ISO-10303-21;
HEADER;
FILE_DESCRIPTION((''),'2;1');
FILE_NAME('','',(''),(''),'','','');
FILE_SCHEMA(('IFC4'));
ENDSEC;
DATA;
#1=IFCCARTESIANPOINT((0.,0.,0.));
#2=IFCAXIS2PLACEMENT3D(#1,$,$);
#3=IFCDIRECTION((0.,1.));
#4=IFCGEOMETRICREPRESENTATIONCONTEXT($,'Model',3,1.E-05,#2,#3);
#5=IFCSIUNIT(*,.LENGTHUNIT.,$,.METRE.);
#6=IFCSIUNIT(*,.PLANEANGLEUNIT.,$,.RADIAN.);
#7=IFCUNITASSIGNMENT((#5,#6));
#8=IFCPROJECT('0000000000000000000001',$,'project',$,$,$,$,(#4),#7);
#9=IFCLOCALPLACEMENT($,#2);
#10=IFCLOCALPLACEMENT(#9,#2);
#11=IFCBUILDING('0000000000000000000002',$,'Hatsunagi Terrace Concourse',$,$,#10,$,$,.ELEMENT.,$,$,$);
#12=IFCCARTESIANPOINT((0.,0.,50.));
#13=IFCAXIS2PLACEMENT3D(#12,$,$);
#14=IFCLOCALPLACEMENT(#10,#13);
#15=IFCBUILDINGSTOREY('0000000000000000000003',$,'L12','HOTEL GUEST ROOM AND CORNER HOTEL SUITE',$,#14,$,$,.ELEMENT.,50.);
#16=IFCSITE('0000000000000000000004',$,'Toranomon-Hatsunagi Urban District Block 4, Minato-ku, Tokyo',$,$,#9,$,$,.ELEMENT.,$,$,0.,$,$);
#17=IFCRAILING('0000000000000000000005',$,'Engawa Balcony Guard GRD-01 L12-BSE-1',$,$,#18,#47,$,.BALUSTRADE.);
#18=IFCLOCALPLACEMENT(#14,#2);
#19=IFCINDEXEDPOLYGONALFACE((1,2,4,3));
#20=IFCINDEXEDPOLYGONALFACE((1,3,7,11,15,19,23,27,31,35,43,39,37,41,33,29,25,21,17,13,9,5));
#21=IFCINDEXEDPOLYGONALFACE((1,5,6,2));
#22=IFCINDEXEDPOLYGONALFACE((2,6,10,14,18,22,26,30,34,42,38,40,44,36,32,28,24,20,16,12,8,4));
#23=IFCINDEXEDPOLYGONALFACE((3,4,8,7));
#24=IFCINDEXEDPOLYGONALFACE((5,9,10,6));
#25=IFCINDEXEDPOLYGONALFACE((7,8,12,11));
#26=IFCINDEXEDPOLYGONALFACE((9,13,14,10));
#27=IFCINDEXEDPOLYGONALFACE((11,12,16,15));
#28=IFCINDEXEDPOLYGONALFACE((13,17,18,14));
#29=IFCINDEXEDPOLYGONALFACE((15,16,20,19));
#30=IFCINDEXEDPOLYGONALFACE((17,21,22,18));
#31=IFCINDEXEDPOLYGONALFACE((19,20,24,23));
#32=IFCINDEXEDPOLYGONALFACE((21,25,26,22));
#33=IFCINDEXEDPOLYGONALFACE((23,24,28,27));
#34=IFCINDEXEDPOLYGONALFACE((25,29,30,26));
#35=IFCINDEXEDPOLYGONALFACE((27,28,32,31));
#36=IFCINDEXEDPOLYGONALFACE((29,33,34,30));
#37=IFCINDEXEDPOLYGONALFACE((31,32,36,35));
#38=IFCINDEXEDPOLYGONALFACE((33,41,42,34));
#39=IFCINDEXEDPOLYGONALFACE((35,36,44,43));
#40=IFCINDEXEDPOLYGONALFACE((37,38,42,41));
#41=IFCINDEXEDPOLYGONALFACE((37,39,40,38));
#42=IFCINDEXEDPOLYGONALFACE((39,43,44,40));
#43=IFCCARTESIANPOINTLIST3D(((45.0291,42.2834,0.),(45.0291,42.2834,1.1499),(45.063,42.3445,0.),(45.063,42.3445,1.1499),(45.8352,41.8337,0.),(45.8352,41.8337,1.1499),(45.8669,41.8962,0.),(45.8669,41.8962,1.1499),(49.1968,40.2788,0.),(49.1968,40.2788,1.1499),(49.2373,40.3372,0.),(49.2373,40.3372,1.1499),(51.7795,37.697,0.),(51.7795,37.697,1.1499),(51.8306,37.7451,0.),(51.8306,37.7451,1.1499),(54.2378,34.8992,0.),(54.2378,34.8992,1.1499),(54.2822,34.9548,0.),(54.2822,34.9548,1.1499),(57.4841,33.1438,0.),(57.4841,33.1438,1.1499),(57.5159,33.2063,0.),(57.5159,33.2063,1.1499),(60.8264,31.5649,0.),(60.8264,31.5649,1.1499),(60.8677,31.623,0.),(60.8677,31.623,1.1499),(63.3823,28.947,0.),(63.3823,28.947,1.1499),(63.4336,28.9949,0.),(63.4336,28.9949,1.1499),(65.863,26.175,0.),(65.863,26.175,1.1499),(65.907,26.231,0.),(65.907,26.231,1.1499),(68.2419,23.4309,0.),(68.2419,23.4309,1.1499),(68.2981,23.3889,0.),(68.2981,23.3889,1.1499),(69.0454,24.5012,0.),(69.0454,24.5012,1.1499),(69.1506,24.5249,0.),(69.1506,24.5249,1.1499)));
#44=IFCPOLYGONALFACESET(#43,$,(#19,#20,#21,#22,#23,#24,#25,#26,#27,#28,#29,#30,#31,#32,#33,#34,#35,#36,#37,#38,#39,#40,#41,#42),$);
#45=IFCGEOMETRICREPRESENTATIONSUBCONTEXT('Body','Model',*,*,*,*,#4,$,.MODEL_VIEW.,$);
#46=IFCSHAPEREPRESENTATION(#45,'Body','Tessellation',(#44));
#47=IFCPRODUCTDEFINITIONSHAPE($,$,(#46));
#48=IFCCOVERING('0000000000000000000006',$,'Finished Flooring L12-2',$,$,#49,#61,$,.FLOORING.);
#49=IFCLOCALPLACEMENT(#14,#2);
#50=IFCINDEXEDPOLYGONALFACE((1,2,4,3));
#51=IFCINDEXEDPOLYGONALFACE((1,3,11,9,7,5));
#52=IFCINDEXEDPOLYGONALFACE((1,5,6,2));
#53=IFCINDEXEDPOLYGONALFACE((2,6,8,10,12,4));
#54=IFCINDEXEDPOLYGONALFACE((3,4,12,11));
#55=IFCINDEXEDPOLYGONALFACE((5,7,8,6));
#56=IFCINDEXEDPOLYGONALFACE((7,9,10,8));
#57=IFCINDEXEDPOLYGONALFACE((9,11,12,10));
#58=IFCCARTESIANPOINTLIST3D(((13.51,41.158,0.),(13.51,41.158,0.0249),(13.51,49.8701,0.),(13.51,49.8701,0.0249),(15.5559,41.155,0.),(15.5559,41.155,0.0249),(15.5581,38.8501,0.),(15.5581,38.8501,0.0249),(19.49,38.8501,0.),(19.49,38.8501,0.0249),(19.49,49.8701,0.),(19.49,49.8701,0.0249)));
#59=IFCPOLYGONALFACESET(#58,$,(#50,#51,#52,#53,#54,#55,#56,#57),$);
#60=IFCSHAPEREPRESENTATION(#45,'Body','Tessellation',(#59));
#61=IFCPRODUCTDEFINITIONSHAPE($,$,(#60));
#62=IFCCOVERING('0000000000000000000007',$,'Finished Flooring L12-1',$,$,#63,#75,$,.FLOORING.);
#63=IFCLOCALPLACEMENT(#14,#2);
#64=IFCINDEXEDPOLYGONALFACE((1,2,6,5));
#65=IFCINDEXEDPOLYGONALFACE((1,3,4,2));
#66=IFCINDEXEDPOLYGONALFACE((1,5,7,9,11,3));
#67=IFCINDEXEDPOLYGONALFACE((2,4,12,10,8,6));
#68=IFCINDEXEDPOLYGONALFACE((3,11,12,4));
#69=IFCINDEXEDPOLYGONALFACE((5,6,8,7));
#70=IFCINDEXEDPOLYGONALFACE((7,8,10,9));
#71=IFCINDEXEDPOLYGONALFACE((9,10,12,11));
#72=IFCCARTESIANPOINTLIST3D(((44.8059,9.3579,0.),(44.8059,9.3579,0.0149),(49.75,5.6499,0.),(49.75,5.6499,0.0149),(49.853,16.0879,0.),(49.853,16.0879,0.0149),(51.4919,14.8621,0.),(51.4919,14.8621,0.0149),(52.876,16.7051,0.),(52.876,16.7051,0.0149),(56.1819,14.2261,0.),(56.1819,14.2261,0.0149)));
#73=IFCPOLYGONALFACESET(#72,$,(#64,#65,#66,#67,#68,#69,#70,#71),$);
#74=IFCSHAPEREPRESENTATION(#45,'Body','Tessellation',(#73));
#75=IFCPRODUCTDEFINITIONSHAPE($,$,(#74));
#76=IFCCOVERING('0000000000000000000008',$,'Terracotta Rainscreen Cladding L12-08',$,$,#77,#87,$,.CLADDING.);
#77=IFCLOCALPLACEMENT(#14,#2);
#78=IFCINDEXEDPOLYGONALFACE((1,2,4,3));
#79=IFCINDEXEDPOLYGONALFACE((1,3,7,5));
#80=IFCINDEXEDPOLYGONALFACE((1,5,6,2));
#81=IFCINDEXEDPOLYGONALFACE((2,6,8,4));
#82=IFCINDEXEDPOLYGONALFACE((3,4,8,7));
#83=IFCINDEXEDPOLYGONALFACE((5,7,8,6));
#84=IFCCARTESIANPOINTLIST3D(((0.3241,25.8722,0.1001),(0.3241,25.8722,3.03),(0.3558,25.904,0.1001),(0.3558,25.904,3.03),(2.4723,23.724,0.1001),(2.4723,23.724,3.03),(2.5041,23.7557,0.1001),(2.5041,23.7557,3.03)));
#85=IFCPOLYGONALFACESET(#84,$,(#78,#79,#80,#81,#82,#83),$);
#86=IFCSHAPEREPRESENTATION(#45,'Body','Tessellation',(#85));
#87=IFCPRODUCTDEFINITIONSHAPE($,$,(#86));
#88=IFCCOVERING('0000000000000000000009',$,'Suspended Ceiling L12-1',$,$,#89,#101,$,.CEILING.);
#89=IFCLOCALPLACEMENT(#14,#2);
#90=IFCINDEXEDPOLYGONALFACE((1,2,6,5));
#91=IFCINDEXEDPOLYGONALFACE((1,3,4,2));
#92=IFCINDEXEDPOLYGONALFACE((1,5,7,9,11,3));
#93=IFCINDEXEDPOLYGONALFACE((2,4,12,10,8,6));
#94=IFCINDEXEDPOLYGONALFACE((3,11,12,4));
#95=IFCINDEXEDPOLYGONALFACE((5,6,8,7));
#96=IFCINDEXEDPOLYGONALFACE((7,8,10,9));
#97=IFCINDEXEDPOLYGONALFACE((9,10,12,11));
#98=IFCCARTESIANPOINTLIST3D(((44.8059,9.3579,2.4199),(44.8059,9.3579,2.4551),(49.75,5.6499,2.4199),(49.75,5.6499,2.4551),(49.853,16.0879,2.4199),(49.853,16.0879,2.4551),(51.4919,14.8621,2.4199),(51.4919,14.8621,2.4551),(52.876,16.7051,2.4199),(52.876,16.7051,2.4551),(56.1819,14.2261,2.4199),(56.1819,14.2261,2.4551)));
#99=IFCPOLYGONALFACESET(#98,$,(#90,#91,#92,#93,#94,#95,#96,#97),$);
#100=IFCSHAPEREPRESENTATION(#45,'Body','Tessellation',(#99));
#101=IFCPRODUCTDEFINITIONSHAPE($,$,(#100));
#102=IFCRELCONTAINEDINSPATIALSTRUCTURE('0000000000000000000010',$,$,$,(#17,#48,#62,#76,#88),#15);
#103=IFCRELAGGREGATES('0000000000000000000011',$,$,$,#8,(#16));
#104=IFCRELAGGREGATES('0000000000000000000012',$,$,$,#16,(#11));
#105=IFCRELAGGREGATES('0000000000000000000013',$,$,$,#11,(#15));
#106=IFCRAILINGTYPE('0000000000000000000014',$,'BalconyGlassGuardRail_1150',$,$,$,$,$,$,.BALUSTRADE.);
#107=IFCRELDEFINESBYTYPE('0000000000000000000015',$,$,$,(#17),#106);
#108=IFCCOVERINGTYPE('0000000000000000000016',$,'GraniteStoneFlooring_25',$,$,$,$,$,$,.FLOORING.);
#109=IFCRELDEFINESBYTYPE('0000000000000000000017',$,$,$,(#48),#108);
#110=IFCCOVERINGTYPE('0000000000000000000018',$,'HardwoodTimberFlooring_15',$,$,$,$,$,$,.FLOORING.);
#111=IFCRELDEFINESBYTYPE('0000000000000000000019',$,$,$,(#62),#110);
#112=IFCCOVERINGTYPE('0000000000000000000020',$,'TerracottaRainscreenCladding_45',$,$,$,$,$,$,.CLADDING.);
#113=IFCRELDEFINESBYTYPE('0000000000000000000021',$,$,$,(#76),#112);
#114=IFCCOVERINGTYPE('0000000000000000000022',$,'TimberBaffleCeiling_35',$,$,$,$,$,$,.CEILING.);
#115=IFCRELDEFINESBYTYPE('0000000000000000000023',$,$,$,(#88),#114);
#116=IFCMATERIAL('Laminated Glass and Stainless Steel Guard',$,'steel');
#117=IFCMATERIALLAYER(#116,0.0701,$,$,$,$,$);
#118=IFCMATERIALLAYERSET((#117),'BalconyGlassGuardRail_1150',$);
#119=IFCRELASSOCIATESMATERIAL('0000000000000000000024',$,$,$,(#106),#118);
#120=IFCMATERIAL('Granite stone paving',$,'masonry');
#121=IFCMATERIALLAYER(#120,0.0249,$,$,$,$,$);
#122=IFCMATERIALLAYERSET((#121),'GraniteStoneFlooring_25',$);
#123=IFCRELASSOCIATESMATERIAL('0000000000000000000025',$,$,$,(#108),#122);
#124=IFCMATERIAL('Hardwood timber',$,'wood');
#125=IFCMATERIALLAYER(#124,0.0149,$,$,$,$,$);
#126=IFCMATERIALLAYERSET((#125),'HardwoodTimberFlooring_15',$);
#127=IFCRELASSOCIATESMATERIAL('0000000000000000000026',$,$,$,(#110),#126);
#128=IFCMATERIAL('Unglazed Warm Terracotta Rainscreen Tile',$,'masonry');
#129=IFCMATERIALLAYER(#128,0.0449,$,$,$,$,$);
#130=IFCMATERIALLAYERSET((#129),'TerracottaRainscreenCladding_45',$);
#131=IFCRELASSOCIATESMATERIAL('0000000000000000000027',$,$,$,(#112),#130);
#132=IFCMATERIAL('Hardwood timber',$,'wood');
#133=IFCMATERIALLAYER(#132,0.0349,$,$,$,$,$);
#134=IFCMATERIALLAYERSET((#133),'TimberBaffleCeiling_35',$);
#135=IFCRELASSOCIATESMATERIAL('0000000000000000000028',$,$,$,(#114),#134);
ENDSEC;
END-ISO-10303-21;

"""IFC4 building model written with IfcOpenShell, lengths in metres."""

from ifc_helpers import new_model, si_unit, direction, frame, origin, origin_2d, place, context, subcontext, project, spatial, polyline, rectangle, outline, extrude, material, layer, layer_set, type_object, element, save


model = new_model("IFC4")

# Units and contexts
model_context = context("Model", 3, precision=1e-05, world=origin(), true_north=direction((0.0, 1.0)))
body_context = subcontext(model_context, "Body", "Model", "MODEL_VIEW")
ifc_project = project(units=[si_unit("LENGTHUNIT", "METRE"), si_unit("PLANEANGLEUNIT", "RADIAN")], contexts=[model_context])

# Site, building, storey
site_placement = place(None, origin())
site = spatial("IfcSite", under=ifc_project, at=site_placement, Name="Toranomon-Hatsunagi Urban District Block 4, Minato-ku, Tokyo", CompositionType="ELEMENT", RefElevation=0.0)
building_placement = place(site_placement, origin())
building = spatial("IfcBuilding", under=site, at=building_placement, Name="Hatsunagi Terrace Concourse", CompositionType="ELEMENT")
storey_placement = place(building_placement, frame((0.0, 0.0, 50.0)))
storey = spatial("IfcBuildingStorey", under=building, at=storey_placement, Name="L12", Description="HOTEL GUEST ROOM AND CORNER HOTEL SUITE", CompositionType="ELEMENT", Elevation=50.0)

# Railing
ifc_material_1 = material(Name="Laminated Glass and Stainless Steel Guard", Category="steel")
ifc_layer_1 = layer(ifc_material_1, 0.0701)
ifc_layer_set_1 = layer_set([ifc_layer_1], Name="BalconyGlassGuardRail_1150")
railing_type = type_object("IfcRailingType", Name="BalconyGlassGuardRail_1150", PredefinedType="BALUSTRADE", material=ifc_layer_set_1)
railing_1_placement = place(storey_placement, origin())
element("IfcRailing", 1, at=railing_1_placement, inside=storey, type_object=railing_type, Name="Engawa Balcony Guard GRD-01 L12-BSE-1", PredefinedType="BALUSTRADE", context=body_context, shape_type="SweptSolid", body=[
    extrude(outline(polyline([(45.063, 42.3445), (45.0291, 42.2834), (45.8352, 41.8337), (49.1968, 40.2788), (51.7795, 37.697), (54.2378, 34.8992), (57.4841, 33.1438), (60.8264, 31.5649), (63.3823, 28.947), (65.863, 26.175), (69.0454, 24.5012), (68.2419, 23.4309), (68.2981, 23.3889), (69.1506, 24.5249), (65.907, 26.231), (63.4336, 28.9949), (60.8677, 31.623), (57.5159, 33.2063), (54.2822, 34.9548), (51.8306, 37.7451), (49.2373, 40.3372), (45.8669, 41.8962), (45.063, 42.3445)])), origin(), (0.0, 0.0, 1.0), 1.1499),
])

# Coverings
ifc_material_2 = material(Name="Granite stone paving", Category="masonry")
ifc_layer_2 = layer(ifc_material_2, 0.0249)
ifc_layer_set_2 = layer_set([ifc_layer_2], Name="GraniteStoneFlooring_25")
covering_type_1 = type_object("IfcCoveringType", Name="GraniteStoneFlooring_25", PredefinedType="FLOORING", material=ifc_layer_set_2)
covering_1_placement = place(storey_placement, origin())
element("IfcCovering", 2, at=covering_1_placement, inside=storey, type_object=covering_type_1, Name="Finished Flooring L12-2", PredefinedType="FLOORING", context=body_context, shape_type="SweptSolid", body=[
    extrude(outline(polyline([(13.51, 49.8701), (13.51, 41.158), (15.5559, 41.155), (15.5581, 38.8501), (19.49, 38.8501), (19.49, 49.8701), (13.51, 49.8701)])), origin(), (0.0, 0.0, 1.0), 0.0249),
])
ifc_material_3 = material(Name="Hardwood timber", Category="wood")
ifc_layer_3 = layer(ifc_material_3, 0.0149)
ifc_layer_set_3 = layer_set([ifc_layer_3], Name="HardwoodTimberFlooring_15")
covering_type_2 = type_object("IfcCoveringType", Name="HardwoodTimberFlooring_15", PredefinedType="FLOORING", material=ifc_layer_set_3)
covering_2_placement = place(storey_placement, origin())
element("IfcCovering", 3, at=covering_2_placement, inside=storey, type_object=covering_type_2, Name="Finished Flooring L12-1", PredefinedType="FLOORING", context=body_context, shape_type="SweptSolid", body=[
    extrude(outline(polyline([(49.75, 5.6499), (56.1819, 14.2261), (52.876, 16.7051), (51.4919, 14.8621), (49.853, 16.0879), (44.8059, 9.3579), (49.75, 5.6499)])), origin(), (0.0, 0.0, 1.0), 0.0149),
])
ifc_material_4 = material(Name="Unglazed Warm Terracotta Rainscreen Tile", Category="masonry")
ifc_layer_4 = layer(ifc_material_4, 0.0449)
ifc_layer_set_4 = layer_set([ifc_layer_4], Name="TerracottaRainscreenCladding_45")
covering_type_3 = type_object("IfcCoveringType", Name="TerracottaRainscreenCladding_45", PredefinedType="CLADDING", material=ifc_layer_set_4)
covering_3_placement = place(storey_placement, frame((1.4141, 24.814, 0.1001), z_axis=(0.0, 0.0, 1.0), x_axis=(-0.707107, 0.707107, 0.0)))
element("IfcCovering", 4, at=covering_3_placement, inside=storey, type_object=covering_type_3, Name="Terracotta Rainscreen Cladding L12-08", PredefinedType="CLADDING", context=body_context, shape_type="SweptSolid", body=[
    extrude(rectangle(XDim=3.0381, YDim=0.0449, at=origin_2d()), origin(), (0.0, 0.0, 1.0), 2.9299),
])
ifc_material_5 = material(Name="Hardwood timber", Category="wood")
ifc_layer_5 = layer(ifc_material_5, 0.0349)
ifc_layer_set_5 = layer_set([ifc_layer_5], Name="TimberBaffleCeiling_35")
covering_type_4 = type_object("IfcCoveringType", Name="TimberBaffleCeiling_35", PredefinedType="CEILING", material=ifc_layer_set_5)
covering_4_placement = place(storey_placement, frame((0.0, 0.0, 2.4199)))
element("IfcCovering", 5, at=covering_4_placement, inside=storey, type_object=covering_type_4, Name="Suspended Ceiling L12-1", PredefinedType="CEILING", context=body_context, shape_type="SweptSolid", body=[
    extrude(outline(polyline([(49.75, 5.6499), (56.1819, 14.2261), (52.876, 16.7051), (51.4919, 14.8621), (49.853, 16.0879), (44.8059, 9.3579), (49.75, 5.6499)])), origin(), (0.0, 0.0, 1.0), 0.0352),
])

save(model, "model.ifc")
